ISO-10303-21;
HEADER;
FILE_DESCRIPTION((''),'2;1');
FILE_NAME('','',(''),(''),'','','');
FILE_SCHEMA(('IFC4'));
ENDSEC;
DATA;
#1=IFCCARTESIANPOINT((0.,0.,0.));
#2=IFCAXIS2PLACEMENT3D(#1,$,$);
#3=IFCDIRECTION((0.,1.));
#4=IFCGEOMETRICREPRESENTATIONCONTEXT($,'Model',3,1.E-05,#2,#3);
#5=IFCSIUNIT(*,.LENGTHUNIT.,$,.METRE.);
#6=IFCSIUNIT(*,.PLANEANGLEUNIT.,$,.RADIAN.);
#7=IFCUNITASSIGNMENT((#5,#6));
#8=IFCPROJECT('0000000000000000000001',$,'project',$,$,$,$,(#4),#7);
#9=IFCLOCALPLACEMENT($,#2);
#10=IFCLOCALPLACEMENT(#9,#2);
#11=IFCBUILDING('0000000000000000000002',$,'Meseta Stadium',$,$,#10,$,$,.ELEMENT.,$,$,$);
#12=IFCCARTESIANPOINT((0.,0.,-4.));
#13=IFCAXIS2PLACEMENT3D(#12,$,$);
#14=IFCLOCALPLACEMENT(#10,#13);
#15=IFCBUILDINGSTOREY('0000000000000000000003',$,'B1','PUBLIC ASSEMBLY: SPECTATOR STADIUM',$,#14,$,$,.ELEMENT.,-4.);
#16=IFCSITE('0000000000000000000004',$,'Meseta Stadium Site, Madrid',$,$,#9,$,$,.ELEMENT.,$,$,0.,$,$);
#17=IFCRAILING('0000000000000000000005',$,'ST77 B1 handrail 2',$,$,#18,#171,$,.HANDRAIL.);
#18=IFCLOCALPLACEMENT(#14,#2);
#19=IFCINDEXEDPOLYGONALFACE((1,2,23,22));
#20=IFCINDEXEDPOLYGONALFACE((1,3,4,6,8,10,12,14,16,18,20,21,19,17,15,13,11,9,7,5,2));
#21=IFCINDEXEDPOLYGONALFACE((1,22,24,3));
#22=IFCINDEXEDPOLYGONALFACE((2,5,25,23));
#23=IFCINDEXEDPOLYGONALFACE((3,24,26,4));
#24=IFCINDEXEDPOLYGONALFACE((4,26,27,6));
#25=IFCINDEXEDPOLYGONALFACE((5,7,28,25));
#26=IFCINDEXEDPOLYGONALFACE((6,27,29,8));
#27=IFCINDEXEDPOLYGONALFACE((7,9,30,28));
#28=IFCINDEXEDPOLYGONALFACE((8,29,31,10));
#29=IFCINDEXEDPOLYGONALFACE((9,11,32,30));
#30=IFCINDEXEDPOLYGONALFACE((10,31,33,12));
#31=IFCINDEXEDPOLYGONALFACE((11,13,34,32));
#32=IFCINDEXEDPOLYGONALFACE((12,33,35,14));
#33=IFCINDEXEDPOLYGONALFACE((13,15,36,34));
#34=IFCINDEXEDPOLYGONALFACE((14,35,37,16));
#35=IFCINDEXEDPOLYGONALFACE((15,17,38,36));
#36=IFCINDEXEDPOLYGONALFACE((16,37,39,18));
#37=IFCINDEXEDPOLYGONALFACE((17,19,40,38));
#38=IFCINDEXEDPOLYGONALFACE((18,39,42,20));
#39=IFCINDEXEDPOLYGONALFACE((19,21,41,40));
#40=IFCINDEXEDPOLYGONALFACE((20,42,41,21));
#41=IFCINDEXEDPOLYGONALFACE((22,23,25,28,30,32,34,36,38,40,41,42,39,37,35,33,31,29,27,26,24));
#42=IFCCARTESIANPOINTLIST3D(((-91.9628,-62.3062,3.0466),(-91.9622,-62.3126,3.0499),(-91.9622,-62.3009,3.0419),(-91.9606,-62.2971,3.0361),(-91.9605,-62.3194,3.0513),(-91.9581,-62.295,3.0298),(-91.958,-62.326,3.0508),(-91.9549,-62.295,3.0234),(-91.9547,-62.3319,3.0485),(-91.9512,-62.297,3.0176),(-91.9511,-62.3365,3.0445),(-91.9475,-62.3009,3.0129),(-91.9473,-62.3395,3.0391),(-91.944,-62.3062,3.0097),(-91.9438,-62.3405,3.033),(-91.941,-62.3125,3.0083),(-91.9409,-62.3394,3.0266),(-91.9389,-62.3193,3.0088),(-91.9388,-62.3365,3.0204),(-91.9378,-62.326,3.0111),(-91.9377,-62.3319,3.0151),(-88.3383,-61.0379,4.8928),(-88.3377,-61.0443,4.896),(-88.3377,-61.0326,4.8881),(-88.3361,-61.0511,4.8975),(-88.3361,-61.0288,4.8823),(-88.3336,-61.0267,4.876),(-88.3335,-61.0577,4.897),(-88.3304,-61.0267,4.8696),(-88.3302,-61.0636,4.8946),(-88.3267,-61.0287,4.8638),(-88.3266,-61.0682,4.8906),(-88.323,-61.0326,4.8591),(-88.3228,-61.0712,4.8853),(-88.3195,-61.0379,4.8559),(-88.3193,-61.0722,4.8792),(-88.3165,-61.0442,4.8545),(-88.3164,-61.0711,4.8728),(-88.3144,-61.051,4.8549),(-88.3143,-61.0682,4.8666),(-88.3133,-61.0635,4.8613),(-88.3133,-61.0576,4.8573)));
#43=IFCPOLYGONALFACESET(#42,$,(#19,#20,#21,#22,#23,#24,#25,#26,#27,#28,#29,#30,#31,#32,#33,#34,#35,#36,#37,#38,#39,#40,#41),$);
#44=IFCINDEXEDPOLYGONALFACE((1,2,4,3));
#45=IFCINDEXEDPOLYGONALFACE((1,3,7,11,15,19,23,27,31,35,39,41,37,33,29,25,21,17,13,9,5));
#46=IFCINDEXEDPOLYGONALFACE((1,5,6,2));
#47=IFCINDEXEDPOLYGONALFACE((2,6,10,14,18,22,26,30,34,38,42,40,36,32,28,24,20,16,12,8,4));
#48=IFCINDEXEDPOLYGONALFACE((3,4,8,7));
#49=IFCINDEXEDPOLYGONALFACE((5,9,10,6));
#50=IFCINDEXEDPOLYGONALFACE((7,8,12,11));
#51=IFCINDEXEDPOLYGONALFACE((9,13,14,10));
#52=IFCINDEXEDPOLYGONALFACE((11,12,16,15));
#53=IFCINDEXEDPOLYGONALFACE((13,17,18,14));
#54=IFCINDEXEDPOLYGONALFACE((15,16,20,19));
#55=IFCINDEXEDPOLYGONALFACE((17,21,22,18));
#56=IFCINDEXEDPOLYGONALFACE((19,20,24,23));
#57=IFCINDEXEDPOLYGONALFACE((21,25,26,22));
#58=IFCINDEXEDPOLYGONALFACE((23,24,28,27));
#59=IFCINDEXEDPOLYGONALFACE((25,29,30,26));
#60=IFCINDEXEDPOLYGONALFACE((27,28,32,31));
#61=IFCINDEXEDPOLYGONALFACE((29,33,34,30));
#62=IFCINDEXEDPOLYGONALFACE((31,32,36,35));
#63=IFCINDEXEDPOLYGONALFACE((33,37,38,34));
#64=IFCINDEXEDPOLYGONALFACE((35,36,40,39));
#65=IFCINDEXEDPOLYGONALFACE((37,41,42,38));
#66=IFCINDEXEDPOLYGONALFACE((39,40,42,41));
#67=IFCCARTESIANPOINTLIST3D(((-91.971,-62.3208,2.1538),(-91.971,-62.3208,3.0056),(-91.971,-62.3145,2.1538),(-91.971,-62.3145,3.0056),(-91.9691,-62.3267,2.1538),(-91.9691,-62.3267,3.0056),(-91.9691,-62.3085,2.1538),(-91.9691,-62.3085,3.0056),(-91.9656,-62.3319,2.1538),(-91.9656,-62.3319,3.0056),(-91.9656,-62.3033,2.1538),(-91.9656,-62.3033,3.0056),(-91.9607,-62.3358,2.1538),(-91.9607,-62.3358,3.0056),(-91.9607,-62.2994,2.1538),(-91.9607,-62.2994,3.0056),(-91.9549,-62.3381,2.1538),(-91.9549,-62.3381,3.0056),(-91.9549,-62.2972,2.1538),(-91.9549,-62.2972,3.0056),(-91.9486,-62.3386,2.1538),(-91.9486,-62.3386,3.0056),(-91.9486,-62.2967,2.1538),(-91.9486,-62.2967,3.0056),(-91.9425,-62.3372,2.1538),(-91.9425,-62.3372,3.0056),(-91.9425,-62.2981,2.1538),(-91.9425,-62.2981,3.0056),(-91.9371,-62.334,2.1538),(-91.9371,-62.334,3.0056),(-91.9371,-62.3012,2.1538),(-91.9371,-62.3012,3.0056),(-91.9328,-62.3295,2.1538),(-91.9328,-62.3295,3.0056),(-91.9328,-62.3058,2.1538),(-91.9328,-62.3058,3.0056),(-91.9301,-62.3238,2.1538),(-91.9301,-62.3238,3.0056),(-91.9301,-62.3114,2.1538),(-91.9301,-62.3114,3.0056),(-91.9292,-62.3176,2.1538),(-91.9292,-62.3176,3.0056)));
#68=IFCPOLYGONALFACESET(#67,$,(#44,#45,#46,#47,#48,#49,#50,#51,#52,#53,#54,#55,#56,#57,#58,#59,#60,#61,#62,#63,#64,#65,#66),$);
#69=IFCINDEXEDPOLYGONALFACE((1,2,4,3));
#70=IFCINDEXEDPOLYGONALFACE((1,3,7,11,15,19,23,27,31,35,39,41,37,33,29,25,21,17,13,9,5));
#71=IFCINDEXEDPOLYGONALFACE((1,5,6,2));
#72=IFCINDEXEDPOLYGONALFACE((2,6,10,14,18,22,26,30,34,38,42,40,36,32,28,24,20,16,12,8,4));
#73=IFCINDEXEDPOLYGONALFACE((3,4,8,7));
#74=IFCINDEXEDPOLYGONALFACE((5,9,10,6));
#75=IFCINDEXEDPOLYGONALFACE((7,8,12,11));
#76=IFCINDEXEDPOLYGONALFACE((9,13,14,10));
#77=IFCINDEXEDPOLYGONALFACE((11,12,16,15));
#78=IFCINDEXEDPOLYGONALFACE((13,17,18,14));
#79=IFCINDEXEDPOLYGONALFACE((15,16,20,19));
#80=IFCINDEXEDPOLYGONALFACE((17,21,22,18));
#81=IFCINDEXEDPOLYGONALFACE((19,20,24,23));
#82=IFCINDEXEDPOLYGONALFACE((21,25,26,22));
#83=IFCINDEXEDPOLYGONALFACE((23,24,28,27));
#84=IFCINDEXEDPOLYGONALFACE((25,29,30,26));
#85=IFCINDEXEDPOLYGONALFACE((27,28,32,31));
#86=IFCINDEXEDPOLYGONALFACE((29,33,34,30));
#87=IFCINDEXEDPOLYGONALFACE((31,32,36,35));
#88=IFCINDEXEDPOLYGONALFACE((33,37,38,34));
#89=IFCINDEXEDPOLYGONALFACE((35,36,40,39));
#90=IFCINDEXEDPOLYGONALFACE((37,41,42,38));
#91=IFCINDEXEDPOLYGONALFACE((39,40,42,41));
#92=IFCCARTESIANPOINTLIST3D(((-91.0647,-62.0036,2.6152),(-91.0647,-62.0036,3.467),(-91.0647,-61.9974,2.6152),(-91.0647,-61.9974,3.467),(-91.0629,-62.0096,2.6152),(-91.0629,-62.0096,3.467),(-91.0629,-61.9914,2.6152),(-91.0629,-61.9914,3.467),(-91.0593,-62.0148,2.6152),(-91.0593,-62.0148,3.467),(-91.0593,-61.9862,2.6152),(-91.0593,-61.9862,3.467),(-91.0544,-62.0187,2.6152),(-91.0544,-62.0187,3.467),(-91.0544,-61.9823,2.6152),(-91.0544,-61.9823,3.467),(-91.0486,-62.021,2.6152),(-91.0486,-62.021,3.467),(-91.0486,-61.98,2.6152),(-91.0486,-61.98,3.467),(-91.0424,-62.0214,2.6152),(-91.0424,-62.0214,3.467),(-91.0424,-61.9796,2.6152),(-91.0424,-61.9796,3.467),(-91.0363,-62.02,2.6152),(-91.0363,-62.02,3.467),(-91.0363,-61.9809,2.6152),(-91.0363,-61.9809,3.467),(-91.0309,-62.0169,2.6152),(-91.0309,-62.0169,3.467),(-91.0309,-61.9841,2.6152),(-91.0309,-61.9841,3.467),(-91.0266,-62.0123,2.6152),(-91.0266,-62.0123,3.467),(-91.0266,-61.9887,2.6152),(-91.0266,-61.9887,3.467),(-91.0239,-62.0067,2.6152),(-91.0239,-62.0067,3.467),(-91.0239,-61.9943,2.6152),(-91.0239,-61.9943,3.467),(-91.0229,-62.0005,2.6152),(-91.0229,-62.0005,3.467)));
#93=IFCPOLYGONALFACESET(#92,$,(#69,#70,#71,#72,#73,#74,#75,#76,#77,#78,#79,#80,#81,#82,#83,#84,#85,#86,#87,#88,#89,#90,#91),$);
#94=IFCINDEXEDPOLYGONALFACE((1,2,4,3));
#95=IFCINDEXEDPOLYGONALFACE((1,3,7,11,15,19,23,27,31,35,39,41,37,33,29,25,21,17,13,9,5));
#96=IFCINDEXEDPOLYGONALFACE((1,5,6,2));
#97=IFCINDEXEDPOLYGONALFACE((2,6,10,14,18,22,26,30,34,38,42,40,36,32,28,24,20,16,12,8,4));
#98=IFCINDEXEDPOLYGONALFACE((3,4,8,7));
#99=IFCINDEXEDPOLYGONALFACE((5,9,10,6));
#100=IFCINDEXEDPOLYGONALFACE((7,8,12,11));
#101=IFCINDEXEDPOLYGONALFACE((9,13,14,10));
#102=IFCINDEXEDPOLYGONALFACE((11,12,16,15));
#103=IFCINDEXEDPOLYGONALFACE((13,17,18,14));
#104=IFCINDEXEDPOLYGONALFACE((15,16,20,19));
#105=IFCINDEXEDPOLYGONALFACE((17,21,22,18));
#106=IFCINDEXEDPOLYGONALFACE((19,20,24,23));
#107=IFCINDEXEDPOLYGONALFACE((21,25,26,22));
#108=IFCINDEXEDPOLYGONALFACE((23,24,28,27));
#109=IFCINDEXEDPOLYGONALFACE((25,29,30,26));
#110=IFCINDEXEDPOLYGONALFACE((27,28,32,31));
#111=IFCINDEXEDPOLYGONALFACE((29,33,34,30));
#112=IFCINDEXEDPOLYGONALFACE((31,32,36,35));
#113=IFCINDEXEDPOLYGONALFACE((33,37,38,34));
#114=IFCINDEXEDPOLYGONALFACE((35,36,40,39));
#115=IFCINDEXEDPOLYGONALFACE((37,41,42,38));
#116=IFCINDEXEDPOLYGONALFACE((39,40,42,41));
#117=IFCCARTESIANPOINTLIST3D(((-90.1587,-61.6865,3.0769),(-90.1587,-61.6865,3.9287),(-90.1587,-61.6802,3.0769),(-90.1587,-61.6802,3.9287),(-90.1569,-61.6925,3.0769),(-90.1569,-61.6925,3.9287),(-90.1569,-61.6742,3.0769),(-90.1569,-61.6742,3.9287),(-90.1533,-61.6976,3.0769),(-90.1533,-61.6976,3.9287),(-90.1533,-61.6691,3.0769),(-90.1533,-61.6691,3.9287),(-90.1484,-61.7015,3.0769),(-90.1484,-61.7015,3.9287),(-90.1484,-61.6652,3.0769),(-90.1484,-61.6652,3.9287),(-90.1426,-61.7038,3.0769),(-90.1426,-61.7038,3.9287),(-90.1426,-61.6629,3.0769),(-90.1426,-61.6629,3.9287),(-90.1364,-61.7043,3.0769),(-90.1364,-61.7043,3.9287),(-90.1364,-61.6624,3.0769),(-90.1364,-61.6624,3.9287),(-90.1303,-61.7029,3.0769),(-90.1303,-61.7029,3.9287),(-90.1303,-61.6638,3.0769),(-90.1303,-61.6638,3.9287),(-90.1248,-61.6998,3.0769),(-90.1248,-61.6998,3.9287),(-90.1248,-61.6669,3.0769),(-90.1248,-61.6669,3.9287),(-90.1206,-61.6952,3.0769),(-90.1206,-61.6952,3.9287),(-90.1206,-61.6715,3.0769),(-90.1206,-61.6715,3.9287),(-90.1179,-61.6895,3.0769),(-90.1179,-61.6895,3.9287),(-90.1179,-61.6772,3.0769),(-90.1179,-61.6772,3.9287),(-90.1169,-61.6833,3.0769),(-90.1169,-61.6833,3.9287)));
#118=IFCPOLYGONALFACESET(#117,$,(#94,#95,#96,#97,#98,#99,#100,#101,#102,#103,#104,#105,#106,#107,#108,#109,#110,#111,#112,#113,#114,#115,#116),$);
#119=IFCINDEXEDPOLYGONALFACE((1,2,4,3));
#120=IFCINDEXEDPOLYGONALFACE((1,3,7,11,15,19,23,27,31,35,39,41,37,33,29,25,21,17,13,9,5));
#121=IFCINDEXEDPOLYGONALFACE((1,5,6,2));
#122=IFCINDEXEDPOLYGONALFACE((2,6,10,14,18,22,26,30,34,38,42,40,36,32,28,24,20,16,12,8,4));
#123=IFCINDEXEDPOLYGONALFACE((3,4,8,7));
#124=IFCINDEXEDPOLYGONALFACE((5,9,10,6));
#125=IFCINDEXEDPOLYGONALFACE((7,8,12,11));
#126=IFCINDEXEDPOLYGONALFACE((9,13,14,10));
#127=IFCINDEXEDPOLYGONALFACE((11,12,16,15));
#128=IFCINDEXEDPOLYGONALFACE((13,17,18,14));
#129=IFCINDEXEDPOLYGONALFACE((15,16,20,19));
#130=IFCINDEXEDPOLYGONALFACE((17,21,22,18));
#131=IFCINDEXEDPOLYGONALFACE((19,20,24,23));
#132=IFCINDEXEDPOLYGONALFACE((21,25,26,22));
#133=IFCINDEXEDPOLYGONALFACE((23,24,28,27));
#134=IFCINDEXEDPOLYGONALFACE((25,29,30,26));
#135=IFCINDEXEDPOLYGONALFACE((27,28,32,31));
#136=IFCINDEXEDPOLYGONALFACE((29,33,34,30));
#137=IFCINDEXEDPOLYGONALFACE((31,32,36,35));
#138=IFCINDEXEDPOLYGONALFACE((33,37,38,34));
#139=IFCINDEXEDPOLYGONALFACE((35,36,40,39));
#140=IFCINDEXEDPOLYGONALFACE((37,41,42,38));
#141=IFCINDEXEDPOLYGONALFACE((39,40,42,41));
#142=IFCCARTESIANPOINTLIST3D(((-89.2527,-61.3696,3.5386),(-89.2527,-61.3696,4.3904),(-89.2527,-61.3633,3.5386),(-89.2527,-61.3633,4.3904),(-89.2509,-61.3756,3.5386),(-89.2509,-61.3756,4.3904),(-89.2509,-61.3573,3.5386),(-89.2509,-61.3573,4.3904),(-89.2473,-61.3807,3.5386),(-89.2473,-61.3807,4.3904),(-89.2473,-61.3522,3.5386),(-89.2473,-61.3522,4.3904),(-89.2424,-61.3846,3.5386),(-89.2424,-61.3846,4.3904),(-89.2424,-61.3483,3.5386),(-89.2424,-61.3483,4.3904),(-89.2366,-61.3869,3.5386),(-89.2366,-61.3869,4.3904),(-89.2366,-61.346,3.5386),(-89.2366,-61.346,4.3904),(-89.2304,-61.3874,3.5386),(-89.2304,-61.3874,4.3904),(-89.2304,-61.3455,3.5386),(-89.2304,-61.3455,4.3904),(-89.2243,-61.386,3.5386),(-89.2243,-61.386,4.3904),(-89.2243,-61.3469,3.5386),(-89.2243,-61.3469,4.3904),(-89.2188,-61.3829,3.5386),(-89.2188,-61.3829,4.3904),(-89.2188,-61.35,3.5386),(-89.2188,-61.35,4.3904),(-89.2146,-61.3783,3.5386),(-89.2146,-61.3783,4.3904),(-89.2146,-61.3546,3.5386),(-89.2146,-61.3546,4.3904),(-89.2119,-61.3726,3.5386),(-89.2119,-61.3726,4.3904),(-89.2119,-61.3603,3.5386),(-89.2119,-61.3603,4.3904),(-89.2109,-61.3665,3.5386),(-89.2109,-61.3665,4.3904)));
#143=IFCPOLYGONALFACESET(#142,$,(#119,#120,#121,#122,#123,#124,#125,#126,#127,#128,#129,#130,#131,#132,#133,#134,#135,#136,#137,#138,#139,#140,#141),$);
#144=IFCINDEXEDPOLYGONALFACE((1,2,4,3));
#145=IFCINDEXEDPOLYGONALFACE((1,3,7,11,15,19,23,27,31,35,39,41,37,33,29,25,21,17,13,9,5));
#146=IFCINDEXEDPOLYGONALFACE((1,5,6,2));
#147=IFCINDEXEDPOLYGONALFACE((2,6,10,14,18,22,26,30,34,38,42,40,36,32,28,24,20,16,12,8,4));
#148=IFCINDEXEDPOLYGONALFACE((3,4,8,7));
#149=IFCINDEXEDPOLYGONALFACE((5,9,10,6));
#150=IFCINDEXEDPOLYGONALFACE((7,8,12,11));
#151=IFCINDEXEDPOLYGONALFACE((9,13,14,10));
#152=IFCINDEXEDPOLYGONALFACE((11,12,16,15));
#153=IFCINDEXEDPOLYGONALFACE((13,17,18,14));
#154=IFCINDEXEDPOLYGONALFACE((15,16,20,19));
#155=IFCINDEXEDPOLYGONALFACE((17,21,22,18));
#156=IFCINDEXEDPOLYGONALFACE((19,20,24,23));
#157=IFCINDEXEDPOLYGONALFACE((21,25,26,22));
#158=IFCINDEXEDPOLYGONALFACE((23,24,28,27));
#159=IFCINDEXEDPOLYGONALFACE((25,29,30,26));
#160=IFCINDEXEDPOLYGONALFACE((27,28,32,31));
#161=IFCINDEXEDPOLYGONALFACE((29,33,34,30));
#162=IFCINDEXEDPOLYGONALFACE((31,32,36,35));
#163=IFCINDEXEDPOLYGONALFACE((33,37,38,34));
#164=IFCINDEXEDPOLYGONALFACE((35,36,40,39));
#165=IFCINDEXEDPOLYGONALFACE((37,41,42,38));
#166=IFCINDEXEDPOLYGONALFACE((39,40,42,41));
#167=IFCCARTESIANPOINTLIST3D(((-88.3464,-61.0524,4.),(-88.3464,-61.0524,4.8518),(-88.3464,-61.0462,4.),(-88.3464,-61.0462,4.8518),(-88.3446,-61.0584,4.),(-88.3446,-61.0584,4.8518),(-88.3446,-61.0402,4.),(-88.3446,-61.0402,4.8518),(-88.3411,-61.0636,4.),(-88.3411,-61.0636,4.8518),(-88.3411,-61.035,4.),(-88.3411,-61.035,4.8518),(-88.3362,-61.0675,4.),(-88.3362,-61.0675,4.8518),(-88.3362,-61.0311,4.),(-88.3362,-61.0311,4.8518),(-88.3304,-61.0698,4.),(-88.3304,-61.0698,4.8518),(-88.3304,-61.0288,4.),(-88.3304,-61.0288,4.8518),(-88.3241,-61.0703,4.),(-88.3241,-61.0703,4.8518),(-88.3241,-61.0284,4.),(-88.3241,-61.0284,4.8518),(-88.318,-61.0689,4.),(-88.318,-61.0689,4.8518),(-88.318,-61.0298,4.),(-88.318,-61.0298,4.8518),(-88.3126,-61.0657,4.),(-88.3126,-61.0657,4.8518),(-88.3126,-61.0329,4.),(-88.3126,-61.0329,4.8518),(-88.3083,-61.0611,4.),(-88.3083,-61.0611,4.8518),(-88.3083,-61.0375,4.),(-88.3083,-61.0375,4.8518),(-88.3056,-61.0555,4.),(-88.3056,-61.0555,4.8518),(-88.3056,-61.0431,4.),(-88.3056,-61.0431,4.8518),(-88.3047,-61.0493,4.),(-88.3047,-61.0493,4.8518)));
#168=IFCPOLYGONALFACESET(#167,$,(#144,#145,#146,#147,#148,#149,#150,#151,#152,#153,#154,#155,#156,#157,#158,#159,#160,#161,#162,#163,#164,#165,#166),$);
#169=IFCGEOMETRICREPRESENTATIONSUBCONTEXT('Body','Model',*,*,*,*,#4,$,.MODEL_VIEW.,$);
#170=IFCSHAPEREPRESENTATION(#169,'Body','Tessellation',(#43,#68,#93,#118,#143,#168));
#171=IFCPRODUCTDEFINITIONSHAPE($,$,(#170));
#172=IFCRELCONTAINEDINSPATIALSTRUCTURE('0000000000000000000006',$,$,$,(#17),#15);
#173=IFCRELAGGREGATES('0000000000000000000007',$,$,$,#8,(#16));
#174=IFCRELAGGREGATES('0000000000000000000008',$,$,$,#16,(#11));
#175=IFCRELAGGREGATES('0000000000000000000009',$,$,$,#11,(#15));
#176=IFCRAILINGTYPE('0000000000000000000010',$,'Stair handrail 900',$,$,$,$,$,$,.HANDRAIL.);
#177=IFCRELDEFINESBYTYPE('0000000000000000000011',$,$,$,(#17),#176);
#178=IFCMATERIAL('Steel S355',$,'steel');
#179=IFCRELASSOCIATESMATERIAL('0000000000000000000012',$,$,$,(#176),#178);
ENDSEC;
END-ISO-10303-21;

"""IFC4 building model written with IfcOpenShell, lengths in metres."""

from ifc_helpers import new_model, si_unit, direction, frame, origin, origin_2d, place, context, subcontext, project, spatial, circle, extrude, material, type_object, element, save


model = new_model("IFC4")

# Units and contexts
model_context = context("Model", 3, precision=1e-05, world=origin(), true_north=direction((0.0, 1.0)))
body_context = subcontext(model_context, "Body", "Model", "MODEL_VIEW")
ifc_project = project(units=[si_unit("LENGTHUNIT", "METRE"), si_unit("PLANEANGLEUNIT", "RADIAN")], contexts=[model_context])

# Site, building, storey
site_placement = place(None, origin())
site = spatial("IfcSite", under=ifc_project, at=site_placement, Name="Meseta Stadium Site, Madrid", CompositionType="ELEMENT", RefElevation=0.0)
building_placement = place(site_placement, origin())
building = spatial("IfcBuilding", under=site, at=building_placement, Name="Meseta Stadium", CompositionType="ELEMENT")
storey_placement = place(building_placement, frame((0.0, 0.0, -4.0)))
storey = spatial("IfcBuildingStorey", under=building, at=storey_placement, Name="B1", Description="PUBLIC ASSEMBLY: SPECTATOR STADIUM", CompositionType="ELEMENT", Elevation=-4.0)

# Railing
ifc_material_1 = material(Name="Steel S355", Category="steel")
railing_type_1 = type_object("IfcRailingType", Name="Stair handrail 900", PredefinedType="HANDRAIL", material=ifc_material_1)
railing_1_placement = place(storey_placement, frame((-91.9502, -62.3176, 2.1538)))
element("IfcRailing", 1, at=railing_1_placement, inside=storey, type_object=railing_type_1, Name="ST77 B1 handrail 2", PredefinedType="HANDRAIL", context=body_context, shape_type="SweptSolid", body=[
    extrude(circle(Radius=0.0239, at=origin_2d()), frame((0.0, 0.0, 0.876), z_axis=(0.850672, 0.297672, 0.4333), x_axis=(-0.330288, 0.94388, 0.0)), (0.0, 0.0, 1.0), 4.2607),
    extrude(circle(Radius=0.021, at=origin_2d()), origin(), (0.0, 0.0, 1.0), 0.8518),
    extrude(circle(Radius=0.021, at=origin_2d()), frame((0.9062, 0.3171, 0.4614)), (0.0, 0.0, 1.0), 0.8518),
    extrude(circle(Radius=0.021, at=origin_2d()), frame((1.8123, 0.6343, 0.9231)), (0.0, 0.0, 1.0), 0.8518),
    extrude(circle(Radius=0.021, at=origin_2d()), frame((2.7183, 0.9512, 1.3848)), (0.0, 0.0, 1.0), 0.8518),
    extrude(circle(Radius=0.021, at=origin_2d()), frame((3.6245, 1.2683, 1.8462)), (0.0, 0.0, 1.0), 0.8518),
])

save(model, "model.ifc")
